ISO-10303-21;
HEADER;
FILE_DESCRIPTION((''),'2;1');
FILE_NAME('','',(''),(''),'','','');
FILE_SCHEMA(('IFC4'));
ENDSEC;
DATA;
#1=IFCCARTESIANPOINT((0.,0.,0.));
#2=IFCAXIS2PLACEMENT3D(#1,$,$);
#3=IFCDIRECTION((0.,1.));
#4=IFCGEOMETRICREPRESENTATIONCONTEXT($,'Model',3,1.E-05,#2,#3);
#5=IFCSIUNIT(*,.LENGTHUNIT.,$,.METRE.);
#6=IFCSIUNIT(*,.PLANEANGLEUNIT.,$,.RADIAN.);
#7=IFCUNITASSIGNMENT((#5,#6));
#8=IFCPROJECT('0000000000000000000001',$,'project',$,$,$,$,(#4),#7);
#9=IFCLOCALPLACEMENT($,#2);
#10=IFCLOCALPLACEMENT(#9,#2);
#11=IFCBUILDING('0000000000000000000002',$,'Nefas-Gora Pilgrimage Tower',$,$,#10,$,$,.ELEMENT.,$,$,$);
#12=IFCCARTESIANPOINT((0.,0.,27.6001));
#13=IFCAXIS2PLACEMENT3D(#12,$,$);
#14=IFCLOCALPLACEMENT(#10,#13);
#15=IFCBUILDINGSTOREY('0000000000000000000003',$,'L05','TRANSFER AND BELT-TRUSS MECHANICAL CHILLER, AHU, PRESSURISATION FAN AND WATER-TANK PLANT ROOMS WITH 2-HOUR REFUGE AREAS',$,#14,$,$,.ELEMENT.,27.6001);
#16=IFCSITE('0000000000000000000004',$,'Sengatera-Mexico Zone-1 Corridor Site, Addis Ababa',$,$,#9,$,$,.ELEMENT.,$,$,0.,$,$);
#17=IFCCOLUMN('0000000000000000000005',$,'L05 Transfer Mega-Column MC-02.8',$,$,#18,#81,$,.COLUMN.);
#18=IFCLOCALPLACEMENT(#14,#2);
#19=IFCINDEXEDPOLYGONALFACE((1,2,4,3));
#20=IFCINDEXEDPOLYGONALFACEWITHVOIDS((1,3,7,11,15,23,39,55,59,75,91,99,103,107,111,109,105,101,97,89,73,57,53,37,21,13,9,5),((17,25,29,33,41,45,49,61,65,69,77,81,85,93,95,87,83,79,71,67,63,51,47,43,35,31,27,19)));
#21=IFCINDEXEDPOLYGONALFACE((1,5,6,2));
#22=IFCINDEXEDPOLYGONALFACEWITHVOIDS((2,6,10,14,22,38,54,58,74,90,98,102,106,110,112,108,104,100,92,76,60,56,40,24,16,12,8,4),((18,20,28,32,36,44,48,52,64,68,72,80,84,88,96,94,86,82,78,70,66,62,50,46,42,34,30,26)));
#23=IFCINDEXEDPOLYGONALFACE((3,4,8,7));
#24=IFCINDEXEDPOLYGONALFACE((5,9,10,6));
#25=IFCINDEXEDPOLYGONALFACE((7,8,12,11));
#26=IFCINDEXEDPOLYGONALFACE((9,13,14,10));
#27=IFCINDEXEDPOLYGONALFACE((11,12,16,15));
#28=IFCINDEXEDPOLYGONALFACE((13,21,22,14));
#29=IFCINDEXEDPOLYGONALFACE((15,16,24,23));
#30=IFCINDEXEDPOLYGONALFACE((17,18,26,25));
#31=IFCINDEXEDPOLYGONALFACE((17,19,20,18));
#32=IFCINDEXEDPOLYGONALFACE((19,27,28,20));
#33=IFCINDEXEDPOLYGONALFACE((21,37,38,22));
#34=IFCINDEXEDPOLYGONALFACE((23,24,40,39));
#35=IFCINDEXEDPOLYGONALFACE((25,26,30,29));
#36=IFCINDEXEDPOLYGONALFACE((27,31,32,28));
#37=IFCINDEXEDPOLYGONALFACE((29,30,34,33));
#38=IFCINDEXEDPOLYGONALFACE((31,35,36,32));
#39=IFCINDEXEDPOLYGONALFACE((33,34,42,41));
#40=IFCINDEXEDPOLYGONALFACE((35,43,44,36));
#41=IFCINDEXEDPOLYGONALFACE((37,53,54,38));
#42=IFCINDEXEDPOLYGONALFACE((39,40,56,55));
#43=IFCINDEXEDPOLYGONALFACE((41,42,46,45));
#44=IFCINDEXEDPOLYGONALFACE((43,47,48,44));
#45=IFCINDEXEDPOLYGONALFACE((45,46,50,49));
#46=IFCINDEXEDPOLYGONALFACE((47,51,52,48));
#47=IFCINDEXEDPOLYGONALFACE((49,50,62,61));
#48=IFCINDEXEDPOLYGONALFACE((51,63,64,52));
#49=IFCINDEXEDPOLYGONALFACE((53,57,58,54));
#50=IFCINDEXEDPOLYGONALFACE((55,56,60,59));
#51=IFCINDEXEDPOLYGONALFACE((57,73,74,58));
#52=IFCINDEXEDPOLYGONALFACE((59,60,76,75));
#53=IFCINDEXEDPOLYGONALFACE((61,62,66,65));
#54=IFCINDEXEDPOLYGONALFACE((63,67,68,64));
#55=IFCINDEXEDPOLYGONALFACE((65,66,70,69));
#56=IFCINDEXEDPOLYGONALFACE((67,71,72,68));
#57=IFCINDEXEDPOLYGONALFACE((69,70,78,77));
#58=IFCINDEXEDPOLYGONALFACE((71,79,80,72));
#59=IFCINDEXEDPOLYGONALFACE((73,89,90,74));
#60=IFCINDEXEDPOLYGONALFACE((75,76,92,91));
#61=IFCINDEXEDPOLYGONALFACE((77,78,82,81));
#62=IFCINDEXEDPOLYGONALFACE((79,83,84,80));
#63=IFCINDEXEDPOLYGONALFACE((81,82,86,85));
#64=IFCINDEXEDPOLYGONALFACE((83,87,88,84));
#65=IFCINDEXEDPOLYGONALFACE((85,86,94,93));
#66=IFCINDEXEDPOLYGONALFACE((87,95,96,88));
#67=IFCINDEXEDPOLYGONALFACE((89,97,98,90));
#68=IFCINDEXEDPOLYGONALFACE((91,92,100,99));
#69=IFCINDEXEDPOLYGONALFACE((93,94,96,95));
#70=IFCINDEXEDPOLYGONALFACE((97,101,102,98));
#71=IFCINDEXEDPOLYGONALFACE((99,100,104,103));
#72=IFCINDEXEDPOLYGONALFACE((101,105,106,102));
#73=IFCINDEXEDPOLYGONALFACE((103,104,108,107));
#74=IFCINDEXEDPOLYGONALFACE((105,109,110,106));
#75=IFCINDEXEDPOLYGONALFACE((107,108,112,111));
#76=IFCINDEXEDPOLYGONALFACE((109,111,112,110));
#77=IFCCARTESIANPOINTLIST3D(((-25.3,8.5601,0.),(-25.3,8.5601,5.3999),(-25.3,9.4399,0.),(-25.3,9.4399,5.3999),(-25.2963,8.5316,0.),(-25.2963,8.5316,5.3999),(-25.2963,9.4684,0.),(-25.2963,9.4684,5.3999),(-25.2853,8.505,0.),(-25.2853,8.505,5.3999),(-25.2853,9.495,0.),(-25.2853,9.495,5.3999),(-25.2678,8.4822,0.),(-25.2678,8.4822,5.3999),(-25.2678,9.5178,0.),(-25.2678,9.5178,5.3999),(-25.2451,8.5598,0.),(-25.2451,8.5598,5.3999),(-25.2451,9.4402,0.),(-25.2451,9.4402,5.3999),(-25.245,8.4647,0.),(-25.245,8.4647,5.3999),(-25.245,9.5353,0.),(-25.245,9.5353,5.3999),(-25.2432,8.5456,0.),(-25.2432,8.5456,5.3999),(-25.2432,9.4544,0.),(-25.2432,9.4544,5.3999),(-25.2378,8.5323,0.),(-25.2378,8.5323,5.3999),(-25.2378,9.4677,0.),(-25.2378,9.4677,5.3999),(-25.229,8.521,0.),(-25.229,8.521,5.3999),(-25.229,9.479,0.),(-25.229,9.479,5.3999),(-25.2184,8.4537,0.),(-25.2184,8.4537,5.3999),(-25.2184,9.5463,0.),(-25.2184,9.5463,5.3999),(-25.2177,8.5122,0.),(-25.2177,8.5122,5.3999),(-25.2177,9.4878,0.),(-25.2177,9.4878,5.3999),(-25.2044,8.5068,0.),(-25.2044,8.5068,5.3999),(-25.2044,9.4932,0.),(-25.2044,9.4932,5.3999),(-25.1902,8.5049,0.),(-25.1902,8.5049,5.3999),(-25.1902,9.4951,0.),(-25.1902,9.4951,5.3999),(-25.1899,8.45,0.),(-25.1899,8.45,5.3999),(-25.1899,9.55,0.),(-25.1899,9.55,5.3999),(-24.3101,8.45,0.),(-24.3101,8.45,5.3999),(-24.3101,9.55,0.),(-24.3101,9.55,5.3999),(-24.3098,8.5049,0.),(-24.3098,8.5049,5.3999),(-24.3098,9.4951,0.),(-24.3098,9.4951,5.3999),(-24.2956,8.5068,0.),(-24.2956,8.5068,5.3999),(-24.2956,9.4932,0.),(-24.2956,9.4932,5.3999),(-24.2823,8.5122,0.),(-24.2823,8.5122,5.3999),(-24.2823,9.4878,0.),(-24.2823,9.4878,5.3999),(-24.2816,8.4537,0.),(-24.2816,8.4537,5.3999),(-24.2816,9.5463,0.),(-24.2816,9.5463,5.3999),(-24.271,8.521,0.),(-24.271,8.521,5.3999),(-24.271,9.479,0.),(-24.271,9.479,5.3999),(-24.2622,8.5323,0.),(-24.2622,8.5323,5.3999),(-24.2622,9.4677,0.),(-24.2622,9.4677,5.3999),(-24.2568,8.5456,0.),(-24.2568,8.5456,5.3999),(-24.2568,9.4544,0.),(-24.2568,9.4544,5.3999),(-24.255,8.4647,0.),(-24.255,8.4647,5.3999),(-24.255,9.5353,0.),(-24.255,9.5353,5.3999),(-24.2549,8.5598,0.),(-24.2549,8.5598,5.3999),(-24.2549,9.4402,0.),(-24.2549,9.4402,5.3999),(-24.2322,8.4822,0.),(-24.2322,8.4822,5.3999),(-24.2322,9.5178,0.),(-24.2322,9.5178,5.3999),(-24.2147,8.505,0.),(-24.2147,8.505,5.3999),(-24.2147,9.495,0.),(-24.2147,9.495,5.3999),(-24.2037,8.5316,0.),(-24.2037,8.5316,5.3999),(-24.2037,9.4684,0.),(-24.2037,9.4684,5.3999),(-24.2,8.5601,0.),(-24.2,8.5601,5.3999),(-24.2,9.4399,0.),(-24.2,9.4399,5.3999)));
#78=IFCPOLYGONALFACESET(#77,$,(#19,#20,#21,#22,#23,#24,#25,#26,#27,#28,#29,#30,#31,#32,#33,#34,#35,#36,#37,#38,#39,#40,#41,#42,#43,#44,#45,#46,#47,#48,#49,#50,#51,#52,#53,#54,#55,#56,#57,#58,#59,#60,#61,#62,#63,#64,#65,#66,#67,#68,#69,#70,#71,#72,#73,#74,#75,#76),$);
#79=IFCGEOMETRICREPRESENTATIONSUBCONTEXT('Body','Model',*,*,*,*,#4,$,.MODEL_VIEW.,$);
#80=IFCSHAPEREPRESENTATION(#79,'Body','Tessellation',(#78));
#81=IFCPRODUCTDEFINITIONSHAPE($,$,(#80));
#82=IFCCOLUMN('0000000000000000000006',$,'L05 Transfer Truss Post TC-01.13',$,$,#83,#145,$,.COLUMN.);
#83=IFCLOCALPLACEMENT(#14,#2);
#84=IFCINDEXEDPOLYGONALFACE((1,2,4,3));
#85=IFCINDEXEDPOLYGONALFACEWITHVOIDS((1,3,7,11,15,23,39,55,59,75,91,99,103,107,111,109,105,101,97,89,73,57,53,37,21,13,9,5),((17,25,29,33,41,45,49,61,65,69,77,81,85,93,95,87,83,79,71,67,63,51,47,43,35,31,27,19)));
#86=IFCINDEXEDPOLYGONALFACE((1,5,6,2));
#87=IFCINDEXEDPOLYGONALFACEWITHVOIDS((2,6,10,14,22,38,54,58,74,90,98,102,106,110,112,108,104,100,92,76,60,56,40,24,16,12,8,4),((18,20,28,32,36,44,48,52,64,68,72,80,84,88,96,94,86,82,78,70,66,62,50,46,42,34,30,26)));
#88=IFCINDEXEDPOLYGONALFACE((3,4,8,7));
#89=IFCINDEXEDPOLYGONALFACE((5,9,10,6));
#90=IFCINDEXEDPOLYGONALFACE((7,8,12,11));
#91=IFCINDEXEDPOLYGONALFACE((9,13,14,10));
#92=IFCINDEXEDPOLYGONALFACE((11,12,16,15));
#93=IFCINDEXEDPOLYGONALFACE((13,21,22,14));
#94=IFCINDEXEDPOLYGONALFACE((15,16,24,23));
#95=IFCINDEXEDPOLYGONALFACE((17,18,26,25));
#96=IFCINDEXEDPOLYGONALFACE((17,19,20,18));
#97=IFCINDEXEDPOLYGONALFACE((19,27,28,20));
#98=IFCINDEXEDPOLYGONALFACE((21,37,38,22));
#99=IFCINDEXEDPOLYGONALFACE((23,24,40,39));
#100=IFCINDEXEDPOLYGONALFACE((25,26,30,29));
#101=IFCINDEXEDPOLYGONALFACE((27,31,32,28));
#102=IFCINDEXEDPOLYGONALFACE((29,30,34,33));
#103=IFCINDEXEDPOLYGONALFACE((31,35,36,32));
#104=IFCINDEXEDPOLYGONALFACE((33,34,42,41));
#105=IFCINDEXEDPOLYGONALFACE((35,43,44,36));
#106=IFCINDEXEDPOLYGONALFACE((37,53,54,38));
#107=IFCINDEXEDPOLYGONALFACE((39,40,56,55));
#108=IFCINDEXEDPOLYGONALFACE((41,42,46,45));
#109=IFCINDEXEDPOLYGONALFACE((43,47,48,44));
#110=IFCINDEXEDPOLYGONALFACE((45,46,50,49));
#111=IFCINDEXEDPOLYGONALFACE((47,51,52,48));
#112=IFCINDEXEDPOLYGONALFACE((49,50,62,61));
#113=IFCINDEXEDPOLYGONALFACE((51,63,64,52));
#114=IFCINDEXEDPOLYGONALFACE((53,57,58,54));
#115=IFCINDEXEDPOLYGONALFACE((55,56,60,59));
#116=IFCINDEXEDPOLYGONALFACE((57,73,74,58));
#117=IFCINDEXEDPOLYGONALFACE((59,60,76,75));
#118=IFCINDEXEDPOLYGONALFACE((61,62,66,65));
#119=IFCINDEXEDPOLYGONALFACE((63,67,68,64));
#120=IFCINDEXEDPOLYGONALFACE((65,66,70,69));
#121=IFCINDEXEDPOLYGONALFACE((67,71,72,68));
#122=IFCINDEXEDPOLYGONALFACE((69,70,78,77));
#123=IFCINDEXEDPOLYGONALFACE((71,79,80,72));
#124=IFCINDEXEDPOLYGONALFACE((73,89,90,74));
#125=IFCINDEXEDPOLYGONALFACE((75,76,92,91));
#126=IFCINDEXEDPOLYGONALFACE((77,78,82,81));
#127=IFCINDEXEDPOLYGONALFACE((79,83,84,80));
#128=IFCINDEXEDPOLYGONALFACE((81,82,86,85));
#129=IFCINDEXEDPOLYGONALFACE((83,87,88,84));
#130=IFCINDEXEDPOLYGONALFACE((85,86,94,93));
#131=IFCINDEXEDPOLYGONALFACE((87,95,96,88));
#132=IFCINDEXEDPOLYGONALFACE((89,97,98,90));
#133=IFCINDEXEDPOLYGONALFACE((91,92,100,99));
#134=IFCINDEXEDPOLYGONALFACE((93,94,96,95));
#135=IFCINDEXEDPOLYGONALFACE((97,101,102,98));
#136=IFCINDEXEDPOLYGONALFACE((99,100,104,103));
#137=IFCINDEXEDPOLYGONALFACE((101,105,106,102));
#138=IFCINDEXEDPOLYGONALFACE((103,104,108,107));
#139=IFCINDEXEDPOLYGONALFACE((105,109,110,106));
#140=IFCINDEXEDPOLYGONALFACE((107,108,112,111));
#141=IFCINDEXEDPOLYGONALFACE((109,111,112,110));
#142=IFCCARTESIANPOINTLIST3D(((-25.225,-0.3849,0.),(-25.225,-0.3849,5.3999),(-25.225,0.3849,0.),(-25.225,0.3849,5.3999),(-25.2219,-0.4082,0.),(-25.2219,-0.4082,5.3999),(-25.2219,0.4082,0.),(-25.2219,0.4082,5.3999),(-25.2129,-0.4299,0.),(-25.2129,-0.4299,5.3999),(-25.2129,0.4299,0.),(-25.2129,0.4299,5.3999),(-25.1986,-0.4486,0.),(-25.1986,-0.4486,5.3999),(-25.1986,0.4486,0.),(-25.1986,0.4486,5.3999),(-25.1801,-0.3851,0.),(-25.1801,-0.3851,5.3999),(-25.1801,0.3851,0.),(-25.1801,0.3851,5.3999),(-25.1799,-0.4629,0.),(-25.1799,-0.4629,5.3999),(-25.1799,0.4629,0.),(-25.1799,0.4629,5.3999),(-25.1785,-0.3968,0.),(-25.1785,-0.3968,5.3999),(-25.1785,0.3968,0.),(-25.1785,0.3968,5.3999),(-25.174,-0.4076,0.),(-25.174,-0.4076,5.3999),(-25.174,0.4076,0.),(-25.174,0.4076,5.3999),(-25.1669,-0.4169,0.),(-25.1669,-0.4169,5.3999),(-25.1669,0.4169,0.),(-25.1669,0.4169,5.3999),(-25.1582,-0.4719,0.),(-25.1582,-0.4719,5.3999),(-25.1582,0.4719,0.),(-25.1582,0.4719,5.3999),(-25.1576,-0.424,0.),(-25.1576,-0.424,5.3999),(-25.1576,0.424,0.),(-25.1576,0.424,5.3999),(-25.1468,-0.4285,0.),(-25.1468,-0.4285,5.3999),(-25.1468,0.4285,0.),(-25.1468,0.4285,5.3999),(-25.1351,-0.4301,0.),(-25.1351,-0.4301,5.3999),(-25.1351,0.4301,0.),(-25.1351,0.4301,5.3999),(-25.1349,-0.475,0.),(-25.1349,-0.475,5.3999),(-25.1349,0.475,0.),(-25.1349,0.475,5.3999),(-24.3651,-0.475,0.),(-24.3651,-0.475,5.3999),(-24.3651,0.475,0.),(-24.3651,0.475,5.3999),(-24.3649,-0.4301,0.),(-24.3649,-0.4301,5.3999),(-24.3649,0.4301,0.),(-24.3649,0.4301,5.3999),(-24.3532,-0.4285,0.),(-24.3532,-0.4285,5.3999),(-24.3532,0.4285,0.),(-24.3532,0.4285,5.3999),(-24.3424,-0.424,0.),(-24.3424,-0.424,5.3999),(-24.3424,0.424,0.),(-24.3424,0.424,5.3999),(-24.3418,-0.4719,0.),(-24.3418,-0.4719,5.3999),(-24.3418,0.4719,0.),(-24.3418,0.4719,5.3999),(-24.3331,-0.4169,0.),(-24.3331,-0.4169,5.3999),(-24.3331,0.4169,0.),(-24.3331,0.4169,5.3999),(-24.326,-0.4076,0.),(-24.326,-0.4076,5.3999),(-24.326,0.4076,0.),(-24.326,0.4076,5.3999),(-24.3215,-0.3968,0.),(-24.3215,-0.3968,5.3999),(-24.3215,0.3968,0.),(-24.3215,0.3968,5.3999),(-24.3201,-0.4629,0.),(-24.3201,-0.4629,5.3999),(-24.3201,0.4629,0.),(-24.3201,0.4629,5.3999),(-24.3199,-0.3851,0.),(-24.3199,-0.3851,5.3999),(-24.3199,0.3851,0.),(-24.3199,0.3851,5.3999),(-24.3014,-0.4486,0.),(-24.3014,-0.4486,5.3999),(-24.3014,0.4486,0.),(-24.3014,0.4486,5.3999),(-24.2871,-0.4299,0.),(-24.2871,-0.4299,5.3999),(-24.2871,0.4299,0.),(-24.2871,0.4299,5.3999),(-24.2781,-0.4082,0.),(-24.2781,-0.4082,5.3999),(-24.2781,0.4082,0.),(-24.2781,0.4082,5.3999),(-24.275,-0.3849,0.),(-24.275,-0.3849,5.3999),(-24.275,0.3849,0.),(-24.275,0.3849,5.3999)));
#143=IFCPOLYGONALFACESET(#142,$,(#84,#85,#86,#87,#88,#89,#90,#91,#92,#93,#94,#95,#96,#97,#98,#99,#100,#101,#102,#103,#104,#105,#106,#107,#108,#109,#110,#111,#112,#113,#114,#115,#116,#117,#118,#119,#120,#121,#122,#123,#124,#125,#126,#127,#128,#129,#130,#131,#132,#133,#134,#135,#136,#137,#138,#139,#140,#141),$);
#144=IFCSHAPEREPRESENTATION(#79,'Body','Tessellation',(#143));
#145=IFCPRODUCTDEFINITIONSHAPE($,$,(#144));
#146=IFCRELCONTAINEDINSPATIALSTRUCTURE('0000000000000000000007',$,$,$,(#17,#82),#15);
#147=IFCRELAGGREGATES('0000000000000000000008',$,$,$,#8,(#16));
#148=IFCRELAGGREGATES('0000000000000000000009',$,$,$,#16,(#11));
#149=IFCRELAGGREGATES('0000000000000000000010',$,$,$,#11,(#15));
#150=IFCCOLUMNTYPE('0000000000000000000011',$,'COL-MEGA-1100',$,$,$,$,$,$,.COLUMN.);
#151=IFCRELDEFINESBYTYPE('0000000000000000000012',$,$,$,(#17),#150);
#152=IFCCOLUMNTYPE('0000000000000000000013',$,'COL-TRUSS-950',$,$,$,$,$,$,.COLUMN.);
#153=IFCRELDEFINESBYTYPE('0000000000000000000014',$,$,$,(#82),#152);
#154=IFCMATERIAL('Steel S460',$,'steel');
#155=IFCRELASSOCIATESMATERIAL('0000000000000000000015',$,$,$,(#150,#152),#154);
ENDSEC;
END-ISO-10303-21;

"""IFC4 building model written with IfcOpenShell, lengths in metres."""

from ifc_helpers import new_model, si_unit, direction, frame, origin, origin_2d, place, context, subcontext, project, spatial, hollow_rectangle, extrude, source, transform, mapped, material, material_profile, profile_set, type_object, element, save


model = new_model("IFC4")

# Units and contexts
model_context = context("Model", 3, precision=1e-05, world=origin(), true_north=direction((0.0, 1.0)))
body_context = subcontext(model_context, "Body", "Model", "MODEL_VIEW")
ifc_project = project(units=[si_unit("LENGTHUNIT", "METRE"), si_unit("PLANEANGLEUNIT", "RADIAN")], contexts=[model_context])

# Site, building, storey
site_placement = place(None, origin())
site = spatial("IfcSite", under=ifc_project, at=site_placement, Name="Sengatera-Mexico Zone-1 Corridor Site, Addis Ababa", CompositionType="ELEMENT", RefElevation=0.0)
building_placement = place(site_placement, origin())
building = spatial("IfcBuilding", under=site, at=building_placement, Name="Nefas-Gora Pilgrimage Tower", CompositionType="ELEMENT")
storey_placement = place(building_placement, frame((0.0, 0.0, 27.6001)))
storey = spatial("IfcBuildingStorey", under=building, at=storey_placement, Name="L05", Description="TRANSFER AND BELT-TRUSS MECHANICAL CHILLER, AHU, PRESSURISATION FAN AND WATER-TANK PLANT ROOMS WITH 2-HOUR REFUGE AREAS", CompositionType="ELEMENT", Elevation=27.6001)

# Columns
ifc_material_1 = material(Name="Steel S460", Category="steel")
ifc_material_profile_1 = material_profile(ifc_material_1, hollow_rectangle(XDim=1.1001, YDim=1.1001, WallThickness=0.0549, InnerFilletRadius=0.0549, OuterFilletRadius=0.1101, at=origin_2d()), Name="BOX 1100x1100x55")
ifc_profile_set_1 = profile_set([ifc_material_profile_1], Name="Steel S460")
column_type_1 = type_object("IfcColumnType", Name="COL-MEGA-1100", PredefinedType="COLUMN", material=ifc_profile_set_1)
shared_shape_1 = source(origin(), body_context, "Body", "SweptSolid", [
    extrude(hollow_rectangle(XDim=1.1001, YDim=1.1001, WallThickness=0.0549, InnerFilletRadius=0.0549, OuterFilletRadius=0.1101, at=origin_2d()), origin(), (0.0, 0.0, 1.0), 5.3999),
])
column_placement = place(storey_placement, frame((-24.75, 9.0, 0.0), z_axis=(0.0, 0.0, 1.0), x_axis=(1.0, 0.0, 0.0)))
element("IfcColumn", 1, at=column_placement, inside=storey, type_object=column_type_1, Name="L05 Transfer Mega-Column MC-02.8", PredefinedType="COLUMN", context=body_context, shape_type="MappedRepresentation", body=[
    mapped(shared_shape_1, transform((0.0, 0.0, 0.0), x_axis=(1.0, 0.0, 0.0), y_axis=(0.0, 1.0, 0.0), z_axis=(0.0, 0.0, 1.0), scale=1.0)),
])
ifc_material_profile_2 = material_profile(ifc_material_1, hollow_rectangle(XDim=0.95, YDim=0.95, WallThickness=0.0449, InnerFilletRadius=0.0449, OuterFilletRadius=0.0901, at=origin_2d()), Name="BOX 950x950x45")
ifc_profile_set_2 = profile_set([ifc_material_profile_2], Name="Steel S460")
column_type_2 = type_object("IfcColumnType", Name="COL-TRUSS-950", PredefinedType="COLUMN", material=ifc_profile_set_2)
shared_shape_2 = source(origin(), body_context, "Body", "SweptSolid", [
    extrude(hollow_rectangle(XDim=0.95, YDim=0.95, WallThickness=0.0449, InnerFilletRadius=0.0449, OuterFilletRadius=0.0901, at=origin_2d()), origin(), (0.0, 0.0, 1.0), 5.3999),
])
for number, where, z_axis, x_axis, name in (
    (2, (-24.75, 0.0, 0.0), (0.0, 0.0, 1.0), (1.0, 0.0, 0.0), "L05 Transfer Truss Post TC-01.13"),
):
    element("IfcColumn", number, at=place(storey_placement, frame(where, z_axis=z_axis, x_axis=x_axis)), inside=storey, type_object=column_type_2, Name=name, PredefinedType="COLUMN", context=body_context, shape_type="MappedRepresentation", body=[
        mapped(shared_shape_2, transform((0.0, 0.0, 0.0), x_axis=(1.0, 0.0, 0.0), y_axis=(0.0, 1.0, 0.0), z_axis=(0.0, 0.0, 1.0), scale=1.0)),
    ])

save(model, "model.ifc")
